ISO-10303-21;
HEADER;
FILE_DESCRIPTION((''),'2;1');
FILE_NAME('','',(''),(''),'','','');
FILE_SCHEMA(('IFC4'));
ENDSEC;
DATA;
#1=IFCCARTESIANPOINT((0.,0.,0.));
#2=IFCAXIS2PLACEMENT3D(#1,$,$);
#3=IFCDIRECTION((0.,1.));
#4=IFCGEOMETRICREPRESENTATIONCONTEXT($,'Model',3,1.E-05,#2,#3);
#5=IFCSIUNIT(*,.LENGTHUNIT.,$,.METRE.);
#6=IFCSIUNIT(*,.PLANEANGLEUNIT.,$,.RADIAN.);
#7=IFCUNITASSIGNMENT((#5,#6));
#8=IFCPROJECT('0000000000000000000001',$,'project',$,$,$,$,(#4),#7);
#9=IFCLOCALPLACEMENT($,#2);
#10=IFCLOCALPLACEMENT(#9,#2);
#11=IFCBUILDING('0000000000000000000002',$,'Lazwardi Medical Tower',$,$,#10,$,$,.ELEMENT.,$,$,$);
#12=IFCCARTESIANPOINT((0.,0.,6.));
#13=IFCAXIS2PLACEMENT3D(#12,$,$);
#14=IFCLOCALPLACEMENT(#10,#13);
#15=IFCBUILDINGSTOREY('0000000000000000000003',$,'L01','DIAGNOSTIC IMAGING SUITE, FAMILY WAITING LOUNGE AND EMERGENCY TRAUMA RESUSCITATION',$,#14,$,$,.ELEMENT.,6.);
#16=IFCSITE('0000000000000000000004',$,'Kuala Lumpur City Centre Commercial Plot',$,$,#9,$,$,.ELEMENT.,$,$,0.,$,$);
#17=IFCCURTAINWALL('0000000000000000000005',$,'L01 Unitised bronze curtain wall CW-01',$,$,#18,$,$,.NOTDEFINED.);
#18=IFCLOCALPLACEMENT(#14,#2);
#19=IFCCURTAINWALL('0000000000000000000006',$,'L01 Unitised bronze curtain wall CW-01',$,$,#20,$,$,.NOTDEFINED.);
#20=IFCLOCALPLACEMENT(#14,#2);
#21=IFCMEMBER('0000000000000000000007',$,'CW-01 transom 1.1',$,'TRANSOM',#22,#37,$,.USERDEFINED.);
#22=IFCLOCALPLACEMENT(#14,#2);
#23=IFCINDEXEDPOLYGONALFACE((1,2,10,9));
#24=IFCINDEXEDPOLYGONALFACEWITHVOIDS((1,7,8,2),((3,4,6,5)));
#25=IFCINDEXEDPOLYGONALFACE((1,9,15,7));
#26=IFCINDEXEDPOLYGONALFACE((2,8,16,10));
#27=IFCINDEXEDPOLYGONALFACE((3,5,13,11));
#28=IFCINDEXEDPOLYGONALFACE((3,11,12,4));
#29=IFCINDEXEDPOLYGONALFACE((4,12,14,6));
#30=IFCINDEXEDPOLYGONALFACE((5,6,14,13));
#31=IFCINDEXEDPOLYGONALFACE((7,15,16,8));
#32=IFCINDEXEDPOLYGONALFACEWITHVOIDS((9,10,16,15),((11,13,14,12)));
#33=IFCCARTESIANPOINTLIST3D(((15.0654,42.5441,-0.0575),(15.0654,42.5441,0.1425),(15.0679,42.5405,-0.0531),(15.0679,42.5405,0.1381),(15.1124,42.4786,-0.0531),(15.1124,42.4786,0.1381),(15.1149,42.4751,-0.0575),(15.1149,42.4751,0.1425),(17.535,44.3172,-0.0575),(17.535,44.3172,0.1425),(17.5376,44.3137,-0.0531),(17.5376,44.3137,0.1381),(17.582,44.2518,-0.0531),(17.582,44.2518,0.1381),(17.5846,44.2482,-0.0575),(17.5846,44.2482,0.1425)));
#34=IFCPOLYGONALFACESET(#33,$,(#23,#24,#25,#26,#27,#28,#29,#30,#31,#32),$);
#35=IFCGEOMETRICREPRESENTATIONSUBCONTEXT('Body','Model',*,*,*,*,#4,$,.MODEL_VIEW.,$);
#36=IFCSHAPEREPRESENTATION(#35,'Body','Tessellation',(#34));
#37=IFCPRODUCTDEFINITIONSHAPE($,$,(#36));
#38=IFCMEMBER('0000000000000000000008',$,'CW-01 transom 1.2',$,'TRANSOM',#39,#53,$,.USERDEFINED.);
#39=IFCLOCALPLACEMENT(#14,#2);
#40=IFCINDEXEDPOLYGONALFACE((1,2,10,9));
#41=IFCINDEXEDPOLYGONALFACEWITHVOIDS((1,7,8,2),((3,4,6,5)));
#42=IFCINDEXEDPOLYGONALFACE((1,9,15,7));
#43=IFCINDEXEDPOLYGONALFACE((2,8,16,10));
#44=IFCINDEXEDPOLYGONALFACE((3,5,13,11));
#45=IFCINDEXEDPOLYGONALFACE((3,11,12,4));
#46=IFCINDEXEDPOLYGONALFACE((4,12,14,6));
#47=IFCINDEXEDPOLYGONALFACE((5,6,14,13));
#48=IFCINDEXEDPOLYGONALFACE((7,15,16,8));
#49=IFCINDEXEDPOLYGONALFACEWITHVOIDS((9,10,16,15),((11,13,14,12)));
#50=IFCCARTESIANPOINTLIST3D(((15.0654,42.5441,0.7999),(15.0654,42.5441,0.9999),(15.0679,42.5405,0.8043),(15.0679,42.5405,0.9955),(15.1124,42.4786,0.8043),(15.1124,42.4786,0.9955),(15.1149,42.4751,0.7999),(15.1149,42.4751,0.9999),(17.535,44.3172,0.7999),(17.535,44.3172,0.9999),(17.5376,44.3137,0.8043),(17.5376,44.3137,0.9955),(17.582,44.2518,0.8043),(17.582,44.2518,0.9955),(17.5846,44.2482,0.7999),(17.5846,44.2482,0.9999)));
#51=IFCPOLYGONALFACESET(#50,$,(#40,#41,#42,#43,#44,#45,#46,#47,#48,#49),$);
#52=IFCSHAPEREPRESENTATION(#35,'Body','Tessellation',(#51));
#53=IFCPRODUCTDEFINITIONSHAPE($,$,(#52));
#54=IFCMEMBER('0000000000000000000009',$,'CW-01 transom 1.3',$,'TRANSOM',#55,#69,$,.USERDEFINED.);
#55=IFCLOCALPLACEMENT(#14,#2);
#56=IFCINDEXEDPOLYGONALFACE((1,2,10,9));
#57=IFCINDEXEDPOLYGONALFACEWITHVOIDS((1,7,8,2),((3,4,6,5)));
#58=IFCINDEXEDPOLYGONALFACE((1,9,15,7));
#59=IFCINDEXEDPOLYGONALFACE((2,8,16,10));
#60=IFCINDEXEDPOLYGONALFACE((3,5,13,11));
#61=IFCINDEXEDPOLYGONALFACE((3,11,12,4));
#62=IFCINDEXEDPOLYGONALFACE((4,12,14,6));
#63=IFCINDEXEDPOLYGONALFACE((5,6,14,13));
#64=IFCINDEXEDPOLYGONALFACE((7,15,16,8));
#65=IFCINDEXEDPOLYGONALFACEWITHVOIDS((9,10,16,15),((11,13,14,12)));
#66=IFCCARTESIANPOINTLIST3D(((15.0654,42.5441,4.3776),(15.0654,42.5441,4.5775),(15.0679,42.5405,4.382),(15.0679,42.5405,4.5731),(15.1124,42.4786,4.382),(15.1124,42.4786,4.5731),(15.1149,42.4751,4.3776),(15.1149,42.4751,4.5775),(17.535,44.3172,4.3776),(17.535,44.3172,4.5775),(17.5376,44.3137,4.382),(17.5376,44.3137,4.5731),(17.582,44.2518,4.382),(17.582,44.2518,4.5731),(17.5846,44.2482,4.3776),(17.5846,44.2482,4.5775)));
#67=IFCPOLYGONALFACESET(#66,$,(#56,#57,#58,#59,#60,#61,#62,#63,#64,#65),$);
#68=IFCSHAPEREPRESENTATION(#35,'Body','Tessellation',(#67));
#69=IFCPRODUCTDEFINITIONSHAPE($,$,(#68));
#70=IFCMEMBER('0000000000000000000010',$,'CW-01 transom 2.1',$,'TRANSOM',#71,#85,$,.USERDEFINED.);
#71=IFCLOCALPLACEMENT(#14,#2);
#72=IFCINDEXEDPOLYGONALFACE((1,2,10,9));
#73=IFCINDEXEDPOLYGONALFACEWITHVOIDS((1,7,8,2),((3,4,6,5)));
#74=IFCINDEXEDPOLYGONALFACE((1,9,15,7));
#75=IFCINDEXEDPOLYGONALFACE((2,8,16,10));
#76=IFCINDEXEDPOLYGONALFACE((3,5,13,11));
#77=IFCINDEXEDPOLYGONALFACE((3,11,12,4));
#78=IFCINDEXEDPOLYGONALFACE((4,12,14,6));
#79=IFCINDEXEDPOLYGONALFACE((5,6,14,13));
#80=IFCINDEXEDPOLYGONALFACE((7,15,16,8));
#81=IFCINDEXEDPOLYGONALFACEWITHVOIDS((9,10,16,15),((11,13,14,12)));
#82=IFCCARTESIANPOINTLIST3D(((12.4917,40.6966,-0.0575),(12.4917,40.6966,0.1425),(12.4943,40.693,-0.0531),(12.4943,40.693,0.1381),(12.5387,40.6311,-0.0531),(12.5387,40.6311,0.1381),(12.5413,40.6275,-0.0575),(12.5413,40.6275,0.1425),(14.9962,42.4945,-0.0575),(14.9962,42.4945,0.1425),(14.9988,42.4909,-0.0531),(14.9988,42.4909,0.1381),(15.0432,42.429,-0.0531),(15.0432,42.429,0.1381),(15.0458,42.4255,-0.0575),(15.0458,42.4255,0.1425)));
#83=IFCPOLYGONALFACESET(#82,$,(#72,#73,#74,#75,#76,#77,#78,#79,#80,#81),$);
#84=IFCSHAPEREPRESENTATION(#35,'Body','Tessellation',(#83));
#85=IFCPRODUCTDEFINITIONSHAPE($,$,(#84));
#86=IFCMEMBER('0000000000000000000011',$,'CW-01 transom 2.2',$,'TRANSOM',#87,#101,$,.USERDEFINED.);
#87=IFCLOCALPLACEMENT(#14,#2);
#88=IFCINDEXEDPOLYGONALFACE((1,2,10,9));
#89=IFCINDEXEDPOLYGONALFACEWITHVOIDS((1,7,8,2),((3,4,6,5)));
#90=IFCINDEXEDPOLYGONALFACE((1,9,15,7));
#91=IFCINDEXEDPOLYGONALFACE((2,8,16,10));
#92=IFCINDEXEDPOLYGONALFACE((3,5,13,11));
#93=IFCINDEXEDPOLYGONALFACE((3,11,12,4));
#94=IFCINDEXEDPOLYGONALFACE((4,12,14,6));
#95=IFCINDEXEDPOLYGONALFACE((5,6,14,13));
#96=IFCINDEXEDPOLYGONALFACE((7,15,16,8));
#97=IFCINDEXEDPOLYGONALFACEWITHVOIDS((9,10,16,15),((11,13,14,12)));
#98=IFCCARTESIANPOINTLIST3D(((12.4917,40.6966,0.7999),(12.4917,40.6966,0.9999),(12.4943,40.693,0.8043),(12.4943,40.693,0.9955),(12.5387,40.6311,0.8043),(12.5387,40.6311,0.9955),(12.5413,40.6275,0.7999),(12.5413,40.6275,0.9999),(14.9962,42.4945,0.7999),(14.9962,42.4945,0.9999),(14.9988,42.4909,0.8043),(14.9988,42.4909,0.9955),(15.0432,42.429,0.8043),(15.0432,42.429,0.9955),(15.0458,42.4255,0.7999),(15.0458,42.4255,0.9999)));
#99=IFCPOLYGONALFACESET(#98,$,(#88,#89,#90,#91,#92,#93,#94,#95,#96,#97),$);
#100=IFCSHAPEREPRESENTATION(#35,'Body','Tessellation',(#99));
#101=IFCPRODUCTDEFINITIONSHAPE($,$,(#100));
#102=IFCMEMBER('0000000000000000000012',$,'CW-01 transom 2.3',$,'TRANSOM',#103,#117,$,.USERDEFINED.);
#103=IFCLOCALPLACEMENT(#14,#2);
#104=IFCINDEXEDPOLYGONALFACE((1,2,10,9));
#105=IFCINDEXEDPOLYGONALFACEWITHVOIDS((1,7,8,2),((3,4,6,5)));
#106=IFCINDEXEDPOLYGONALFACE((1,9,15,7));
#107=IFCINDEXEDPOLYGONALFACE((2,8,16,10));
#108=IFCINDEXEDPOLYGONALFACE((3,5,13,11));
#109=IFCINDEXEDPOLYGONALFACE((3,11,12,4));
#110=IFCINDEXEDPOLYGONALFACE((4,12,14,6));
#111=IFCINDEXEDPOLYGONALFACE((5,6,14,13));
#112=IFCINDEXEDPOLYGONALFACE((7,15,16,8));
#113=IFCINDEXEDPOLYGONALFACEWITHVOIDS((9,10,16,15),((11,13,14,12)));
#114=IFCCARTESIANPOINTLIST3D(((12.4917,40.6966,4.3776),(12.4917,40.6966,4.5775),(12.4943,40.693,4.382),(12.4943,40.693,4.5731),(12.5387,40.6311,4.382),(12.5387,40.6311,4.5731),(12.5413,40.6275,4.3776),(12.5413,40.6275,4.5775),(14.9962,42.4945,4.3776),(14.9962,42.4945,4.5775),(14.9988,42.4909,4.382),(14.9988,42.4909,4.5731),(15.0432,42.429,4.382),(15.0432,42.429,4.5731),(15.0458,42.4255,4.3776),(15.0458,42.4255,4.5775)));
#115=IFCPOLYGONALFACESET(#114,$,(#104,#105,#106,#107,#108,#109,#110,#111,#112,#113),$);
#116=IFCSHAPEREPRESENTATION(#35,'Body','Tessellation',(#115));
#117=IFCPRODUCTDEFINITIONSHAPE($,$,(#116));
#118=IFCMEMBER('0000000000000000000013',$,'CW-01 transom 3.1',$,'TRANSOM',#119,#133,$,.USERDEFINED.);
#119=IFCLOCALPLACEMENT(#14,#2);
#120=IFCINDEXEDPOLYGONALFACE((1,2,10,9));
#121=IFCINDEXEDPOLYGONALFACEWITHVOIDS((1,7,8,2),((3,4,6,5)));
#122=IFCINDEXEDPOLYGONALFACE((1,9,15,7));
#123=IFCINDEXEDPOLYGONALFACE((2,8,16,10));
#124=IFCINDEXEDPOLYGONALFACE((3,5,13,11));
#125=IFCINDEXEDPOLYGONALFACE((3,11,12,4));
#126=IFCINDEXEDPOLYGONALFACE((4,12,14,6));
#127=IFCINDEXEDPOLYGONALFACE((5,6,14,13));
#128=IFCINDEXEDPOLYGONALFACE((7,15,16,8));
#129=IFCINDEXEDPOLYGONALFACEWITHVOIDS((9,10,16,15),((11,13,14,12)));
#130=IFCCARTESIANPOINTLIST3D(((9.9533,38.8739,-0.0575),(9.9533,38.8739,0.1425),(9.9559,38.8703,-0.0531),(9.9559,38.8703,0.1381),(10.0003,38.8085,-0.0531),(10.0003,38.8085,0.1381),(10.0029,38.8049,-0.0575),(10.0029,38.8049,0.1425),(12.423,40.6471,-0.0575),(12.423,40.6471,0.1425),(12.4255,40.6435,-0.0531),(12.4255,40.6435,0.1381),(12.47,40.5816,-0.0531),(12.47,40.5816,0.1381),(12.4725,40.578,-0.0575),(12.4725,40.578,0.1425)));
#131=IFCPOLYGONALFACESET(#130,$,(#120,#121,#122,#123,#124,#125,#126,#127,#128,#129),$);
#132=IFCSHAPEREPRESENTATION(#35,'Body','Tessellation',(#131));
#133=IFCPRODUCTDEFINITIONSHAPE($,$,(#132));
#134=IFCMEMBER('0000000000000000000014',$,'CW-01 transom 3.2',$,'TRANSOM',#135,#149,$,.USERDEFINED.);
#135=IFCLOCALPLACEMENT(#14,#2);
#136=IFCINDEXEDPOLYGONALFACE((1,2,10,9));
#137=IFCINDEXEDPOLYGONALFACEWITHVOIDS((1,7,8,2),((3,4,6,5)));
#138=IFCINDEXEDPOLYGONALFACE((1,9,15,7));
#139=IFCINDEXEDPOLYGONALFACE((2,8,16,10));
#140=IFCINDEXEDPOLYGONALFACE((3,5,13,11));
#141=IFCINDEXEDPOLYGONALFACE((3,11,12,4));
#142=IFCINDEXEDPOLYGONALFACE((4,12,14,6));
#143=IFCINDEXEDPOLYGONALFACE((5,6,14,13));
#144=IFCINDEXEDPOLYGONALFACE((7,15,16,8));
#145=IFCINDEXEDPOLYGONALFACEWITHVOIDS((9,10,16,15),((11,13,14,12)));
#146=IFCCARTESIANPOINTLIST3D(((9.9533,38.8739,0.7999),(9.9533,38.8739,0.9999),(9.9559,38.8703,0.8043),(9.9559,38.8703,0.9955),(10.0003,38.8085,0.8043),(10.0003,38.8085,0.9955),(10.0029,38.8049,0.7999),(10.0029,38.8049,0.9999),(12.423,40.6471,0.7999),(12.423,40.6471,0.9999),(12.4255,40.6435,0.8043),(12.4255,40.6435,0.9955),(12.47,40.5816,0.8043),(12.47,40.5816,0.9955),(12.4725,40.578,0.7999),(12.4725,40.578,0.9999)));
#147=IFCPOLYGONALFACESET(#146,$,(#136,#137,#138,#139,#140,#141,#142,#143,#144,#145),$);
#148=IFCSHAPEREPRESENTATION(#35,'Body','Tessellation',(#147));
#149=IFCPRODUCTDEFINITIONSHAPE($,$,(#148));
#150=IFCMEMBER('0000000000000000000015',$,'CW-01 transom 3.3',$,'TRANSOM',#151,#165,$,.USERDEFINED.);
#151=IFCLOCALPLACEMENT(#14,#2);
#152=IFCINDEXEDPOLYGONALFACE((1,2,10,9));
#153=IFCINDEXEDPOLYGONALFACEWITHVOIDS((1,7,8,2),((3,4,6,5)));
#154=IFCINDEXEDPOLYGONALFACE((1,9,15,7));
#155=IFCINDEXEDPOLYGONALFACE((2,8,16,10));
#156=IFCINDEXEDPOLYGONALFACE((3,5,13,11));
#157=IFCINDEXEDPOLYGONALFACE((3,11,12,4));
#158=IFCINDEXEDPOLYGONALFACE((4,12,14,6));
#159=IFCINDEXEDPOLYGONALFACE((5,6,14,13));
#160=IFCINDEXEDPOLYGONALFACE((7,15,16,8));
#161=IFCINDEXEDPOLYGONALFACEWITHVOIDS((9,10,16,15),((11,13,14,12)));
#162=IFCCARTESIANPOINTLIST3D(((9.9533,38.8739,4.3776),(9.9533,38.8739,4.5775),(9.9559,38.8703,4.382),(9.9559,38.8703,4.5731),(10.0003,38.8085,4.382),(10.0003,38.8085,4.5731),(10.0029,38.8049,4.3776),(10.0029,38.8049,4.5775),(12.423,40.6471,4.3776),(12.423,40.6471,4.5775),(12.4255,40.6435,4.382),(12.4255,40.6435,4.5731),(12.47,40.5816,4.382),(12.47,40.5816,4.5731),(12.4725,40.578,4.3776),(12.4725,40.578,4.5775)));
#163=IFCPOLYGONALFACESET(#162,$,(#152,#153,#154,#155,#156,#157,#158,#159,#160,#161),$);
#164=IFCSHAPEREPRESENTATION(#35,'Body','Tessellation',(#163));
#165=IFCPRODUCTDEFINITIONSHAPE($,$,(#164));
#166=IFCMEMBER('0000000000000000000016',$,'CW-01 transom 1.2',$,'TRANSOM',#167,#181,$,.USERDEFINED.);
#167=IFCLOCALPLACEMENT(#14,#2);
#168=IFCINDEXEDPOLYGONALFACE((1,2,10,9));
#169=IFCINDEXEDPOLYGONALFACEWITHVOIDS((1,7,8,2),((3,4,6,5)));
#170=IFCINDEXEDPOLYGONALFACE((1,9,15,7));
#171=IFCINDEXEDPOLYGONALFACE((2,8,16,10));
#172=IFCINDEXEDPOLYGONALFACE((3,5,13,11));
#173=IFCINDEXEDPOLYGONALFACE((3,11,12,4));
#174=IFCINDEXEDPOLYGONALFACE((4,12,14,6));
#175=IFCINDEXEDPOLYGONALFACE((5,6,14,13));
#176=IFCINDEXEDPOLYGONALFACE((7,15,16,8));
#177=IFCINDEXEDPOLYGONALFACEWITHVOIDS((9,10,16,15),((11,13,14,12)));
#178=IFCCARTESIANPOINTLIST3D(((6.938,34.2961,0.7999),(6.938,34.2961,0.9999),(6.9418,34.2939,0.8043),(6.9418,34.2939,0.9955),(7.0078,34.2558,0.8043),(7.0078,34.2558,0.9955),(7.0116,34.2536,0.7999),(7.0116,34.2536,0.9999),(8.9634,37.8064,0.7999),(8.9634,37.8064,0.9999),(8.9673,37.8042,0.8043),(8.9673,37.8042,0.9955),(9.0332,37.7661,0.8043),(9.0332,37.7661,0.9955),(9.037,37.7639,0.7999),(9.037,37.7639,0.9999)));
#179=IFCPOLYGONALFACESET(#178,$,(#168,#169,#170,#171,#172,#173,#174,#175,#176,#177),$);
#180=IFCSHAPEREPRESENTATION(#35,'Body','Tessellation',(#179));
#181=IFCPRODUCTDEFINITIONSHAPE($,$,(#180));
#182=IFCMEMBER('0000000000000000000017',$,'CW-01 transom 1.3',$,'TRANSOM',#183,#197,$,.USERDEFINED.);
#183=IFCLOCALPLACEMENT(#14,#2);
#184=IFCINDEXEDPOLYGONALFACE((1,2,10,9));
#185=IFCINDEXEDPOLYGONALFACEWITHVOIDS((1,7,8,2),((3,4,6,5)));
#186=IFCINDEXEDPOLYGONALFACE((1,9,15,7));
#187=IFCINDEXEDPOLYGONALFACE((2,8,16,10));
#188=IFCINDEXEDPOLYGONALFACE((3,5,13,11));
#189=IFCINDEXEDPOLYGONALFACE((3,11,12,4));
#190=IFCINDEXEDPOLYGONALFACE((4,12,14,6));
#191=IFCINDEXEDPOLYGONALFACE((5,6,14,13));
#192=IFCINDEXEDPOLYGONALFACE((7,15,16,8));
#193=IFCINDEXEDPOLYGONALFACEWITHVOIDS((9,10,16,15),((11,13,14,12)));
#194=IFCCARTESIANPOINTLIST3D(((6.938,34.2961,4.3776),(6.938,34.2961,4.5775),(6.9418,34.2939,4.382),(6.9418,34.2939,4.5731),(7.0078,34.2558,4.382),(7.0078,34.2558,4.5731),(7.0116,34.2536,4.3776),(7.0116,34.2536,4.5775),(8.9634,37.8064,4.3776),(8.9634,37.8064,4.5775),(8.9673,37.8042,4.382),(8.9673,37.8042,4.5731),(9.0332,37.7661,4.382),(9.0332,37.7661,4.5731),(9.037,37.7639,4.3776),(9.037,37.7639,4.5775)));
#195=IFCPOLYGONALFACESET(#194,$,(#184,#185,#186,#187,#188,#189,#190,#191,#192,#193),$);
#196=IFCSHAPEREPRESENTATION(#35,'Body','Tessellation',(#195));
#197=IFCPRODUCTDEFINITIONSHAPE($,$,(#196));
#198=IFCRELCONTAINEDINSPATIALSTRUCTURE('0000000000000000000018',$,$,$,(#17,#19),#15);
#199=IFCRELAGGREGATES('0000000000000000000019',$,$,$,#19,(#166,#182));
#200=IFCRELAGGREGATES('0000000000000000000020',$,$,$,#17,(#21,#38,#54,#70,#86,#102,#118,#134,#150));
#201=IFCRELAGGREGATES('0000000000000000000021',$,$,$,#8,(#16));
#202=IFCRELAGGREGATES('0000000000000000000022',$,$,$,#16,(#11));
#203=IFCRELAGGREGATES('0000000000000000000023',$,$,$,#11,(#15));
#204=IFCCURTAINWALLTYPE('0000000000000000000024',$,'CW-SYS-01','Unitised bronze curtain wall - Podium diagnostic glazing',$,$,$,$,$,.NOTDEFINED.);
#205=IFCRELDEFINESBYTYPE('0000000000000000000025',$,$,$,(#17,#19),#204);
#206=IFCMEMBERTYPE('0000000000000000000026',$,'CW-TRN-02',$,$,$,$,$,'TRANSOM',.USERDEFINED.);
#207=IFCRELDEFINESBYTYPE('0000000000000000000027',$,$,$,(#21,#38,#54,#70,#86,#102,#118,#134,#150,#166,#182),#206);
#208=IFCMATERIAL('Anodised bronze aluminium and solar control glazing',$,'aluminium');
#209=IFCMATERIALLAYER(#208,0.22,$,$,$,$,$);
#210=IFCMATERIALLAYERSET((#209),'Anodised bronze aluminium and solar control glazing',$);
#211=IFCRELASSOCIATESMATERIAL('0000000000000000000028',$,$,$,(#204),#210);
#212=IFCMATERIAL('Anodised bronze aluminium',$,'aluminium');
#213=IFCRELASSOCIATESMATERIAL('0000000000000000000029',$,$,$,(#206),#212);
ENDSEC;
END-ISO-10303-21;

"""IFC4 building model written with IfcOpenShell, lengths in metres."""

from ifc_helpers import new_model, si_unit, direction, frame, origin, origin_2d, place, context, subcontext, project, spatial, hollow_rectangle, extrude, material, layer, layer_set, material_profile, profile_set, type_object, element, aggregate, save


model = new_model("IFC4")

# Units and contexts
model_context = context("Model", 3, precision=1e-05, world=origin(), true_north=direction((0.0, 1.0)))
body_context = subcontext(model_context, "Body", "Model", "MODEL_VIEW")
ifc_project = project(units=[si_unit("LENGTHUNIT", "METRE"), si_unit("PLANEANGLEUNIT", "RADIAN")], contexts=[model_context])

# Site, building, storey
site_placement = place(None, origin())
site = spatial("IfcSite", under=ifc_project, at=site_placement, Name="Kuala Lumpur City Centre Commercial Plot", CompositionType="ELEMENT", RefElevation=0.0)
building_placement = place(site_placement, origin())
building = spatial("IfcBuilding", under=site, at=building_placement, Name="Lazwardi Medical Tower", CompositionType="ELEMENT")
storey_placement = place(building_placement, frame((0.0, 0.0, 6.0)))
storey = spatial("IfcBuildingStorey", under=building, at=storey_placement, Name="L01", Description="DIAGNOSTIC IMAGING SUITE, FAMILY WAITING LOUNGE AND EMERGENCY TRAUMA RESUSCITATION", CompositionType="ELEMENT", Elevation=6.0)

# Shared definitions
ifc_material_1 = material(Name="Anodised bronze aluminium and solar control glazing", Category="aluminium")
ifc_layer_1 = layer(ifc_material_1, 0.22)
ifc_layer_set_1 = layer_set([ifc_layer_1], Name="Anodised bronze aluminium and solar control glazing")
curtain_wall_type = type_object("IfcCurtainWallType", Name="CW-SYS-01", Description="Unitised bronze curtain wall - Podium diagnostic glazing", PredefinedType="NOTDEFINED", material=ifc_layer_set_1)
ifc_material_2 = material(Name="Anodised bronze aluminium", Category="aluminium")

# Curtain wall
curtain_wall_1_placement = place(storey_placement, origin())
curtain_wall_1 = element("IfcCurtainWall", 1, at=curtain_wall_1_placement, inside=storey, type_object=curtain_wall_type, Name="L01 Unitised bronze curtain wall CW-01", PredefinedType="NOTDEFINED")

# Curtain wall
curtain_wall_2_placement = place(storey_placement, origin())
curtain_wall_2 = element("IfcCurtainWall", 2, at=curtain_wall_2_placement, inside=storey, type_object=curtain_wall_type, Name="L01 Unitised bronze curtain wall CW-01", PredefinedType="NOTDEFINED")

# Members
ifc_material_profile_1 = material_profile(ifc_material_2, hollow_rectangle(XDim=0.085, YDim=0.2, WallThickness=0.0044, at=origin_2d()), Name="ALU-TRANSOM 200x85x4.5")
ifc_profile_set_1 = profile_set([ifc_material_profile_1], Name="Anodised bronze aluminium")
member_type_1 = type_object("IfcMemberType", Name="CW-TRN-02", ElementType="TRANSOM", PredefinedType="USERDEFINED", material=ifc_profile_set_1)
member_1_placement = place(storey_placement, frame((17.5598, 44.2827, 0.0425), z_axis=(-0.812315, -0.583219, 0.0), x_axis=(0.583219, -0.812315, 0.0)))
member_1 = element("IfcMember", 3, at=member_1_placement, type_object=member_type_1, Name="CW-01 transom 1.1", ObjectType="TRANSOM", PredefinedType="USERDEFINED", context=body_context, shape_type="SweptSolid", body=[
    extrude(hollow_rectangle(XDim=0.085, YDim=0.2, WallThickness=0.0044, at=origin_2d()), origin(), (0.0, 0.0, 1.0), 3.0403),
])
member_2_placement = place(storey_placement, frame((17.5598, 44.2827, 0.8999), z_axis=(-0.812315, -0.583219, 0.0), x_axis=(0.583219, -0.812315, 0.0)))
member_2 = element("IfcMember", 4, at=member_2_placement, type_object=member_type_1, Name="CW-01 transom 1.2", ObjectType="TRANSOM", PredefinedType="USERDEFINED", context=body_context, shape_type="SweptSolid", body=[
    extrude(hollow_rectangle(XDim=0.085, YDim=0.2, WallThickness=0.0044, at=origin_2d()), origin(), (0.0, 0.0, 1.0), 3.0403),
])
member_3_placement = place(storey_placement, frame((17.5598, 44.2827, 4.4775), z_axis=(-0.812315, -0.583219, 0.0), x_axis=(0.583219, -0.812315, 0.0)))
member_3 = element("IfcMember", 5, at=member_3_placement, type_object=member_type_1, Name="CW-01 transom 1.3", ObjectType="TRANSOM", PredefinedType="USERDEFINED", context=body_context, shape_type="SweptSolid", body=[
    extrude(hollow_rectangle(XDim=0.085, YDim=0.2, WallThickness=0.0044, at=origin_2d()), origin(), (0.0, 0.0, 1.0), 3.0403),
])
member_4_placement = place(storey_placement, frame((15.021, 42.46, 0.0425), z_axis=(-0.812351, -0.583169, 0.0), x_axis=(0.583169, -0.812351, 0.0)))
member_4 = element("IfcMember", 6, at=member_4_placement, type_object=member_type_1, Name="CW-01 transom 2.1", ObjectType="TRANSOM", PredefinedType="USERDEFINED", context=body_context, shape_type="SweptSolid", body=[
    extrude(hollow_rectangle(XDim=0.085, YDim=0.2, WallThickness=0.0044, at=origin_2d()), origin(), (0.0, 0.0, 1.0), 3.083),
])
member_5_placement = place(storey_placement, frame((15.021, 42.46, 0.8999), z_axis=(-0.812351, -0.583169, 0.0), x_axis=(0.583169, -0.812351, 0.0)))
member_5 = element("IfcMember", 7, at=member_5_placement, type_object=member_type_1, Name="CW-01 transom 2.2", ObjectType="TRANSOM", PredefinedType="USERDEFINED", context=body_context, shape_type="SweptSolid", body=[
    extrude(hollow_rectangle(XDim=0.085, YDim=0.2, WallThickness=0.0044, at=origin_2d()), origin(), (0.0, 0.0, 1.0), 3.083),
])
member_6_placement = place(storey_placement, frame((15.021, 42.46, 4.4775), z_axis=(-0.812351, -0.583169, 0.0), x_axis=(0.583169, -0.812351, 0.0)))
member_6 = element("IfcMember", 8, at=member_6_placement, type_object=member_type_1, Name="CW-01 transom 2.3", ObjectType="TRANSOM", PredefinedType="USERDEFINED", context=body_context, shape_type="SweptSolid", body=[
    extrude(hollow_rectangle(XDim=0.085, YDim=0.2, WallThickness=0.0044, at=origin_2d()), origin(), (0.0, 0.0, 1.0), 3.083),
])
member_7_placement = place(storey_placement, frame((12.4478, 40.6125, 0.0425), z_axis=(-0.812315, -0.583219, 0.0), x_axis=(0.583219, -0.812315, 0.0)))
member_7 = element("IfcMember", 9, at=member_7_placement, type_object=member_type_1, Name="CW-01 transom 3.1", ObjectType="TRANSOM", PredefinedType="USERDEFINED", context=body_context, shape_type="SweptSolid", body=[
    extrude(hollow_rectangle(XDim=0.085, YDim=0.2, WallThickness=0.0044, at=origin_2d()), origin(), (0.0, 0.0, 1.0), 3.0403),
])
member_8_placement = place(storey_placement, frame((12.4478, 40.6125, 0.8999), z_axis=(-0.812315, -0.583219, 0.0), x_axis=(0.583219, -0.812315, 0.0)))
member_8 = element("IfcMember", 10, at=member_8_placement, type_object=member_type_1, Name="CW-01 transom 3.2", ObjectType="TRANSOM", PredefinedType="USERDEFINED", context=body_context, shape_type="SweptSolid", body=[
    extrude(hollow_rectangle(XDim=0.085, YDim=0.2, WallThickness=0.0044, at=origin_2d()), origin(), (0.0, 0.0, 1.0), 3.0403),
])
member_9_placement = place(storey_placement, frame((12.4478, 40.6125, 4.4775), z_axis=(-0.812315, -0.583219, 0.0), x_axis=(0.583219, -0.812315, 0.0)))
member_9 = element("IfcMember", 11, at=member_9_placement, type_object=member_type_1, Name="CW-01 transom 3.3", ObjectType="TRANSOM", PredefinedType="USERDEFINED", context=body_context, shape_type="SweptSolid", body=[
    extrude(hollow_rectangle(XDim=0.085, YDim=0.2, WallThickness=0.0044, at=origin_2d()), origin(), (0.0, 0.0, 1.0), 3.0403),
])
member_10_placement = place(storey_placement, frame((9.0002, 37.7852, 0.8999), z_axis=(-0.499768, -0.86616, 0.0), x_axis=(0.86616, -0.499768, 0.0)))
member_10 = element("IfcMember", 12, at=member_10_placement, type_object=member_type_1, Name="CW-01 transom 1.2", ObjectType="TRANSOM", PredefinedType="USERDEFINED", context=body_context, shape_type="SweptSolid", body=[
    extrude(hollow_rectangle(XDim=0.085, YDim=0.2, WallThickness=0.0044, at=origin_2d()), origin(), (0.0, 0.0, 1.0), 4.0527),
])
member_11_placement = place(storey_placement, frame((9.0002, 37.7852, 4.4775), z_axis=(-0.499768, -0.86616, 0.0), x_axis=(0.86616, -0.499768, 0.0)))
member_11 = element("IfcMember", 13, at=member_11_placement, type_object=member_type_1, Name="CW-01 transom 1.3", ObjectType="TRANSOM", PredefinedType="USERDEFINED", context=body_context, shape_type="SweptSolid", body=[
    extrude(hollow_rectangle(XDim=0.085, YDim=0.2, WallThickness=0.0044, at=origin_2d()), origin(), (0.0, 0.0, 1.0), 4.0527),
])
aggregate(curtain_wall_2, [member_10, member_11])

aggregate(curtain_wall_1, [member_1, member_2, member_3, member_4, member_5, member_6, member_7, member_8, member_9])

save(model, "model.ifc")
